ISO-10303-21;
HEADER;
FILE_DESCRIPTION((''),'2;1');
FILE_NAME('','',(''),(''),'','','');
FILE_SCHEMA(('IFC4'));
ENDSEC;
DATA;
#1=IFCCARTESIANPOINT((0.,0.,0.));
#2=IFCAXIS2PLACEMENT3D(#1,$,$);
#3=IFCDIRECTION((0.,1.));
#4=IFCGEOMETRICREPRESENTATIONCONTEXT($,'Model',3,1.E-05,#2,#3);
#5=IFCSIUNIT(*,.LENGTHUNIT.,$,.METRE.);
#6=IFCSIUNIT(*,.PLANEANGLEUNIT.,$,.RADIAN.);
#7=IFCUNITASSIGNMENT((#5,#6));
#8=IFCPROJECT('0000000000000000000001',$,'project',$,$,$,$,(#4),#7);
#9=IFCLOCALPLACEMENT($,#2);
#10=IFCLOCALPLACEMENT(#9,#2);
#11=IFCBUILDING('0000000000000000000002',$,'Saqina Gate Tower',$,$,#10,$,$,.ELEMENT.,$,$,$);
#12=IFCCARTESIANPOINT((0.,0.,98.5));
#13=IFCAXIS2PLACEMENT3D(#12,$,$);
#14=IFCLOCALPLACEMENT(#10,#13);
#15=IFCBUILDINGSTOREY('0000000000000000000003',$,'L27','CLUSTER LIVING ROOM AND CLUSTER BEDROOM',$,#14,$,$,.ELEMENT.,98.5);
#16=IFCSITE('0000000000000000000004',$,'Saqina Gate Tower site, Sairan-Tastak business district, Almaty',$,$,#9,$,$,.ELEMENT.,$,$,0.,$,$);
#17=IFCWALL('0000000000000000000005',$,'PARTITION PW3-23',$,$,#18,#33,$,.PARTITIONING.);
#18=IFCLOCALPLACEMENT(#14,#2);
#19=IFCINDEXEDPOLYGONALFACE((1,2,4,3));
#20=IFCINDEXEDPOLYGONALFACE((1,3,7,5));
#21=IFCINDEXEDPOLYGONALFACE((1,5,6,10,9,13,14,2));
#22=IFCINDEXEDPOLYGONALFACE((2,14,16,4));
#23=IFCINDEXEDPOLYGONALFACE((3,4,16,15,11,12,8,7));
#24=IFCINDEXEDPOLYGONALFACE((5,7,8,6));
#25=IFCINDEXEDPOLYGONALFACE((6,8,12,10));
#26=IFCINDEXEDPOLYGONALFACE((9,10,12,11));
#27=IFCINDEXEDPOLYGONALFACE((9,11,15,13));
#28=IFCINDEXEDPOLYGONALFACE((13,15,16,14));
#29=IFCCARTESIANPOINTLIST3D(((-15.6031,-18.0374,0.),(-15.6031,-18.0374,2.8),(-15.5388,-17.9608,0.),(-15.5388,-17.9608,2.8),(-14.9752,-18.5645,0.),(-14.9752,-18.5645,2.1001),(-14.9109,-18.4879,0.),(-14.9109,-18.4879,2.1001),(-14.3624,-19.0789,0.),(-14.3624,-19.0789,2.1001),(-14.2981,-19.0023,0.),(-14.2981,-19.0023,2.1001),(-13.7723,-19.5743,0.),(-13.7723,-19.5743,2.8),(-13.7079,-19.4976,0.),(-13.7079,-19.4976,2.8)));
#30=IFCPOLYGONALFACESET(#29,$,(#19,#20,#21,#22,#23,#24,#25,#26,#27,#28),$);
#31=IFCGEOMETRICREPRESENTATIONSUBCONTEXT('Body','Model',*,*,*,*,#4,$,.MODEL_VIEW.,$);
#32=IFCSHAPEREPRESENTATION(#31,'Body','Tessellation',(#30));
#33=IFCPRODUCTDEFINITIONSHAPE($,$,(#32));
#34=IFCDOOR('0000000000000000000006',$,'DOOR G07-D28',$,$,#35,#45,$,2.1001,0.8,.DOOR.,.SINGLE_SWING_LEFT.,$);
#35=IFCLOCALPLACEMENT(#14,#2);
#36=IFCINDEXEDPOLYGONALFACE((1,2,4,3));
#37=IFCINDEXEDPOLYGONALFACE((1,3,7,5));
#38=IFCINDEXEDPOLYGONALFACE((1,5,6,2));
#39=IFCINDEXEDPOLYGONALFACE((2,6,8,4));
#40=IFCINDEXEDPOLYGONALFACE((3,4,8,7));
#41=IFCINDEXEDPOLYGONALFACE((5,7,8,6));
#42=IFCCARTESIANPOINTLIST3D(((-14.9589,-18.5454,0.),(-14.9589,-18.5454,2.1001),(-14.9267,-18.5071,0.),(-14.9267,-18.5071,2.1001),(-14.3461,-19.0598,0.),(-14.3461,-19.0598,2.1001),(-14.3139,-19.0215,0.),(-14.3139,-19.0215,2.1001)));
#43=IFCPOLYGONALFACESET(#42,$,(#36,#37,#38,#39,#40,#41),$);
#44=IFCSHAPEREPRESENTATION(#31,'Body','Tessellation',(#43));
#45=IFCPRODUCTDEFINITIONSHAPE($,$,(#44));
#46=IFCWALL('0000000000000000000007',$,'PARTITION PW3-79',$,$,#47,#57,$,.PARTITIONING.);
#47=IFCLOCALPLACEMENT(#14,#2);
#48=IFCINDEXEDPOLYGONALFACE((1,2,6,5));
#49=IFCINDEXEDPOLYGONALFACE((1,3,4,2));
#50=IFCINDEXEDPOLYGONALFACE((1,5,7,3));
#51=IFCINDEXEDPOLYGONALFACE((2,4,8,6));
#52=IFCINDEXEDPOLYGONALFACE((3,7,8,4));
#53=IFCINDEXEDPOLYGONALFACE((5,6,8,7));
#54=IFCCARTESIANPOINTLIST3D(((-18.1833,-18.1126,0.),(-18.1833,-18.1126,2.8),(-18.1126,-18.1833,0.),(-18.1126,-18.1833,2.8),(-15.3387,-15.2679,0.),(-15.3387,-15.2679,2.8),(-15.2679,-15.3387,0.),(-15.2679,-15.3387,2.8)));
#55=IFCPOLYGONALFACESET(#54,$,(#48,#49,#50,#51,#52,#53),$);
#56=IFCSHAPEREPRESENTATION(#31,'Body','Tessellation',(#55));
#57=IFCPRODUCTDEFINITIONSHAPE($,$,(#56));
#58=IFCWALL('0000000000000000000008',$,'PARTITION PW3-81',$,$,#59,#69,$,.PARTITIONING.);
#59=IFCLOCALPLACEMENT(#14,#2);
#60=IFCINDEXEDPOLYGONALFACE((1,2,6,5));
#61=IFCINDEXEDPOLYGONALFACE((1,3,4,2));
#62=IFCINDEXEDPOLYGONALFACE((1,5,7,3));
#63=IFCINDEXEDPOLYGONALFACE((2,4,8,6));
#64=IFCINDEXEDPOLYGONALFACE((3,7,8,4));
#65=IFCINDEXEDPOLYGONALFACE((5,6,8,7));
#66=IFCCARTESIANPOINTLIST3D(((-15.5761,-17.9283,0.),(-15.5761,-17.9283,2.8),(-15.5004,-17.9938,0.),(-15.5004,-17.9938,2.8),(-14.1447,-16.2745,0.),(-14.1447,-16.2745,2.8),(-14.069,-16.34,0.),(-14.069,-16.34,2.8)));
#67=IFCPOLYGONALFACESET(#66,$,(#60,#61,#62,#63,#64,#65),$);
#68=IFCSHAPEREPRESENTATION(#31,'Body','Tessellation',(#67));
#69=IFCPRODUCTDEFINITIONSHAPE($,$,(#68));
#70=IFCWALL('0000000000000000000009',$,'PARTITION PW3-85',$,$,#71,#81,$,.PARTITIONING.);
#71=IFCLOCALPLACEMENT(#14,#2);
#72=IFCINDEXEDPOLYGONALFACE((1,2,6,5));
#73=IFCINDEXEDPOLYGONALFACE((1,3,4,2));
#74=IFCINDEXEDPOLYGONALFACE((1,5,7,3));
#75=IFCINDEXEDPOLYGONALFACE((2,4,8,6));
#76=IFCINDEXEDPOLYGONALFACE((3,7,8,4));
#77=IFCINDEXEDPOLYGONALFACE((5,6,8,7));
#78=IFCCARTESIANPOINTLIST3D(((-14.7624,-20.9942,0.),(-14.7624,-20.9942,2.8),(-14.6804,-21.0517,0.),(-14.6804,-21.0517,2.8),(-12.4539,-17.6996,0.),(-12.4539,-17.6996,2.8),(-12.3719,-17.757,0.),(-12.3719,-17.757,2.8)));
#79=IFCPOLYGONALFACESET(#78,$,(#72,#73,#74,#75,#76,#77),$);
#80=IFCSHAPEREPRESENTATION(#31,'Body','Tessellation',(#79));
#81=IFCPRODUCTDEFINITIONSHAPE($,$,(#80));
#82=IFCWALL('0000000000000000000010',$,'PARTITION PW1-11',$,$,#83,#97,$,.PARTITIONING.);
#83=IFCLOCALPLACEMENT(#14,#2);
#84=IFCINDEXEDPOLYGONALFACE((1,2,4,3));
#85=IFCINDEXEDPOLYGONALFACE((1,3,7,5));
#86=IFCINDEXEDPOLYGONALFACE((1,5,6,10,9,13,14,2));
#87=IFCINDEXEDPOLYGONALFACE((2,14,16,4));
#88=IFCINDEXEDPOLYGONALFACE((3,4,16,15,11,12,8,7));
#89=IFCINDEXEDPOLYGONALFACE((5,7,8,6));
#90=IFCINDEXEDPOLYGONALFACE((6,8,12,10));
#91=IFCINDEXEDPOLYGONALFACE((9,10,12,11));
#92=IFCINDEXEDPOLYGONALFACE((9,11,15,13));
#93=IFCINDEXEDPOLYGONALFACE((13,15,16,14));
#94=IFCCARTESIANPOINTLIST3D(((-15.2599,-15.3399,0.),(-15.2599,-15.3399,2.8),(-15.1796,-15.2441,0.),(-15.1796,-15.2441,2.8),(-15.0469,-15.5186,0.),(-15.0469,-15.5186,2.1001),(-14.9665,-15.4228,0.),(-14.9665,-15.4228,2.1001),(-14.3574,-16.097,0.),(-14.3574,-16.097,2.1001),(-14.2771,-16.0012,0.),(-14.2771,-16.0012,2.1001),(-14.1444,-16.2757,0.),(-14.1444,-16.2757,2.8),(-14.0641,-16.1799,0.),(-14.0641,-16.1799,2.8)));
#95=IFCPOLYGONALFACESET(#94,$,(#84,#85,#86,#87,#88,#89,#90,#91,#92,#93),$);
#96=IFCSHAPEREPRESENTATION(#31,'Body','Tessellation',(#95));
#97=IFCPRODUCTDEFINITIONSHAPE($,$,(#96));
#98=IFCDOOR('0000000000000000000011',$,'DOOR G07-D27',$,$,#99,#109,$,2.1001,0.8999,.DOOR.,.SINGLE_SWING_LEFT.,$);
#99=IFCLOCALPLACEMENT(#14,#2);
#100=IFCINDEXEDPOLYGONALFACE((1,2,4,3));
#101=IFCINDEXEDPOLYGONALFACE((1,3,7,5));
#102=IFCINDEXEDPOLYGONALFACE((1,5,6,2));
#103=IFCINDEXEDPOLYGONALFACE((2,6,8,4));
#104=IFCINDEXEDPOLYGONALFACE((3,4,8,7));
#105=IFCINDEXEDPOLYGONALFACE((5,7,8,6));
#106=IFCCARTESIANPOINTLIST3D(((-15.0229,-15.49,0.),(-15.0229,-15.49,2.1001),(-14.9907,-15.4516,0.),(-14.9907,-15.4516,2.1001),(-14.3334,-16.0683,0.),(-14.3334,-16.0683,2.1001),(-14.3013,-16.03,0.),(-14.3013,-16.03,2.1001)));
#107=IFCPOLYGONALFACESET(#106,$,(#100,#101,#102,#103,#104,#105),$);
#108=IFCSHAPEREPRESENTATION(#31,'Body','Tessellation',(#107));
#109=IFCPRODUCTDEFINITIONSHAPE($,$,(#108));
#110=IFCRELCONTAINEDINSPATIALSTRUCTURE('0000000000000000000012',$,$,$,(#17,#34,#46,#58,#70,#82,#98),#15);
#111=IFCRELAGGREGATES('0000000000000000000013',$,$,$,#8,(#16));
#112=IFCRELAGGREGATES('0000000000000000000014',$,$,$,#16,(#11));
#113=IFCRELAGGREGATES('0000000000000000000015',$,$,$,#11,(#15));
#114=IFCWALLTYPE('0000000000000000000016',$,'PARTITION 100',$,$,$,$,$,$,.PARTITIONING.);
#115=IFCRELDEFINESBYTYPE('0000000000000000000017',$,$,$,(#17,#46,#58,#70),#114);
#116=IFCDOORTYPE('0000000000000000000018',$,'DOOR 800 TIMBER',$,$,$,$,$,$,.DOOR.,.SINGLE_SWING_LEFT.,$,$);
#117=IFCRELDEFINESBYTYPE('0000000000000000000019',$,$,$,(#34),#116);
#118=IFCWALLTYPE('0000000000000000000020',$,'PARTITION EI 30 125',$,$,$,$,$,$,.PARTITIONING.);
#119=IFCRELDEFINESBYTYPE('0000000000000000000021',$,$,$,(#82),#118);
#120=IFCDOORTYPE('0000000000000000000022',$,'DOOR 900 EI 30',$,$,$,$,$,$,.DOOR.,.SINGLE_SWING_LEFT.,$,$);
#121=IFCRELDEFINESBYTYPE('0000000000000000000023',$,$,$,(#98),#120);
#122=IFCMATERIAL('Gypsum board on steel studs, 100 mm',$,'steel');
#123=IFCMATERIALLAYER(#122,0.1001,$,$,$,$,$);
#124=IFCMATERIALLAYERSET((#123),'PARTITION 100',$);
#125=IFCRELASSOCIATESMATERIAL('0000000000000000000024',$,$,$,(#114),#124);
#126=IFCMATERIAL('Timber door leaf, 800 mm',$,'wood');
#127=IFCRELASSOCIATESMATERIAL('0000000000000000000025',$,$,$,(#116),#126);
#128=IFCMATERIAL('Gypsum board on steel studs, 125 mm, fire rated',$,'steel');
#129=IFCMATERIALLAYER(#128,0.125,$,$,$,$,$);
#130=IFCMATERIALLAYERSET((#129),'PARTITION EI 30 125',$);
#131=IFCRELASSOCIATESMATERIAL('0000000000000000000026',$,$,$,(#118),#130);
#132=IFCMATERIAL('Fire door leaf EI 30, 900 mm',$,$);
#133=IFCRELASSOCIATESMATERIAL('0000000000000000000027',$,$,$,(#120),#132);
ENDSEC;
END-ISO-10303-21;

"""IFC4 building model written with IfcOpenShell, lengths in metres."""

from ifc_helpers import new_model, si_unit, direction, frame, frame_2d, origin, place, context, subcontext, project, spatial, rectangle, extrude, material, layer, layer_set, type_object, element, fill, save


model = new_model("IFC4")

# Units and contexts
model_context = context("Model", 3, precision=1e-05, world=origin(), true_north=direction((0.0, 1.0)))
body_context = subcontext(model_context, "Body", "Model", "MODEL_VIEW")
ifc_project = project(units=[si_unit("LENGTHUNIT", "METRE"), si_unit("PLANEANGLEUNIT", "RADIAN")], contexts=[model_context])

# Site, building, storey
site_placement = place(None, origin())
site = spatial("IfcSite", under=ifc_project, at=site_placement, Name="Saqina Gate Tower site, Sairan-Tastak business district, Almaty", CompositionType="ELEMENT", RefElevation=0.0)
building_placement = place(site_placement, origin())
building = spatial("IfcBuilding", under=site, at=building_placement, Name="Saqina Gate Tower", CompositionType="ELEMENT")
storey_placement = place(building_placement, frame((0.0, 0.0, 98.5)))
storey = spatial("IfcBuildingStorey", under=building, at=storey_placement, Name="L27", Description="CLUSTER LIVING ROOM AND CLUSTER BEDROOM", CompositionType="ELEMENT", Elevation=98.5)

# Wall, opening, door
ifc_material_1 = material(Name="Gypsum board on steel studs, 100 mm", Category="steel")
ifc_layer_1 = layer(ifc_material_1, 0.1001)
ifc_layer_set_1 = layer_set([ifc_layer_1], Name="PARTITION 100")
wall_type_1 = type_object("IfcWallType", Name="PARTITION 100", PredefinedType="PARTITIONING", material=ifc_layer_set_1)
ifc_material_2 = material(Name="Timber door leaf, 800 mm", Category="wood")
door_type_1 = type_object("IfcDoorType", Name="DOOR 800 TIMBER", OperationType="SINGLE_SWING_LEFT", PredefinedType="DOOR", material=ifc_material_2)
wall_1_placement = place(storey_placement, frame((-15.571, -17.999, 0.0), z_axis=(0.0, 0.0, 1.0), x_axis=(0.765914, -0.642943, 0.0)))
wall_1 = element("IfcWall", 1, at=wall_1_placement, inside=storey, type_object=wall_type_1, Name="PARTITION PW3-23", PredefinedType="PARTITIONING", context=body_context, shape_type="SweptSolid", body=[
    extrude(rectangle(XDim=2.3904, YDim=0.1001, at=frame_2d((1.1953, 0.0))), origin(), (0.0, 0.0, 1.0), 2.8),
])
opening_1_placement = place(wall_1_placement, frame((0.8201, 0.0, 0.0)))
opening_1 = element("IfcOpeningElement", 2, at=opening_1_placement, cuts=wall_1, PredefinedType="OPENING", context=body_context, shape_type="SweptSolid", body=[
    extrude(rectangle(XDim=0.8, YDim=2.1001, at=frame_2d((0.3999, 1.05))), frame((0.0, 0.062, 0.0), z_axis=(0.0, -1.0, 0.0), x_axis=(1.0, 0.0, 0.0)), (0.0, 0.0, 1.0), 0.124),
])
door_1_placement = place(opening_1_placement, frame((0.8, 0.0, 0.0), z_axis=(0.0, 0.0, 1.0), x_axis=(-1.0, 0.0, 0.0)))
door_1 = element("IfcDoor", 3, at=door_1_placement, inside=storey, type_object=door_type_1, Name="DOOR G07-D28", OperationType="SINGLE_SWING_LEFT", OverallHeight=2.1001, OverallWidth=0.8, PredefinedType="DOOR", context=body_context, shape_type="SweptSolid", body=[
    extrude(rectangle(XDim=0.8, YDim=2.1001, at=frame_2d((0.3999, 1.05))), frame((0.0, 0.0249, 0.0), z_axis=(0.0, -1.0, 0.0), x_axis=(1.0, 0.0, 0.0)), (0.0, 0.0, 1.0), 0.05),
])
fill(opening_1, door_1)

# Walls
wall_2_placement = place(storey_placement, frame((-18.1479, -18.1479, 0.0), z_axis=(0.0, 0.0, 1.0), x_axis=(0.707107, 0.707107, 0.0)))
element("IfcWall", 4, at=wall_2_placement, inside=storey, type_object=wall_type_1, Name="PARTITION PW3-79", PredefinedType="PARTITIONING", context=body_context, shape_type="SweptSolid", body=[
    extrude(rectangle(XDim=4.0229, YDim=0.1001, at=frame_2d((2.0115, 0.0))), origin(), (0.0, 0.0, 1.0), 2.8),
])
wall_3_placement = place(storey_placement, frame((-15.5383, -17.9612, 0.0), z_axis=(0.0, 0.0, 1.0), x_axis=(0.654433, 0.75612, 0.0)))
element("IfcWall", 5, at=wall_3_placement, inside=storey, type_object=wall_type_1, Name="PARTITION PW3-81", PredefinedType="PARTITIONING", context=body_context, shape_type="SweptSolid", body=[
    extrude(rectangle(XDim=2.1873, YDim=0.1001, at=frame_2d((1.0938, 0.0))), origin(), (0.0, 0.0, 1.0), 2.8),
])
wall_4_placement = place(storey_placement, frame((-14.7214, -21.0229, 0.0), z_axis=(0.0, 0.0, 1.0), x_axis=(0.573849, 0.818961, 0.0)))
element("IfcWall", 6, at=wall_4_placement, inside=storey, type_object=wall_type_1, Name="PARTITION PW3-85", PredefinedType="PARTITIONING", context=body_context, shape_type="SweptSolid", body=[
    extrude(rectangle(XDim=4.0229, YDim=0.1001, at=frame_2d((2.0115, 0.0))), origin(), (0.0, 0.0, 1.0), 2.8),
])

# Wall, opening, door
ifc_material_3 = material(Name="Gypsum board on steel studs, 125 mm, fire rated", Category="steel")
ifc_layer_2 = layer(ifc_material_3, 0.125)
ifc_layer_set_2 = layer_set([ifc_layer_2], Name="PARTITION EI 30 125")
wall_type_2 = type_object("IfcWallType", Name="PARTITION EI 30 125", PredefinedType="PARTITIONING", material=ifc_layer_set_2)
wall_5_placement = place(storey_placement, frame((-15.2197, -15.292, 0.0), z_axis=(0.0, 0.0, 1.0), x_axis=(0.766114, -0.642704, 0.0)))
wall_5 = element("IfcWall", 7, at=wall_5_placement, inside=storey, type_object=wall_type_2, Name="PARTITION PW1-11", PredefinedType="PARTITIONING", context=body_context, shape_type="SweptSolid", body=[
    extrude(rectangle(XDim=1.4561, YDim=0.125, at=frame_2d((0.728, 0.0))), origin(), (0.0, 0.0, 1.0), 2.8),
])
opening_2_placement = place(wall_5_placement, frame((0.2781, 0.0, 0.0)))
opening_2 = element("IfcOpeningElement", 8, at=opening_2_placement, cuts=wall_5, PredefinedType="OPENING", context=body_context, shape_type="SweptSolid", body=[
    extrude(rectangle(XDim=0.8999, YDim=2.1001, at=frame_2d((0.45, 1.05))), frame((0.0, 0.0745, 0.0), z_axis=(0.0, -1.0, 0.0), x_axis=(1.0, 0.0, 0.0)), (0.0, 0.0, 1.0), 0.1489),
])
ifc_material_4 = material(Name="Fire door leaf EI 30, 900 mm")
door_type_2 = type_object("IfcDoorType", Name="DOOR 900 EI 30", OperationType="SINGLE_SWING_LEFT", PredefinedType="DOOR", material=ifc_material_4)
door_2_placement = place(opening_2_placement, origin())
door_2 = element("IfcDoor", 9, at=door_2_placement, inside=storey, type_object=door_type_2, Name="DOOR G07-D27", OperationType="SINGLE_SWING_LEFT", OverallHeight=2.1001, OverallWidth=0.8999, PredefinedType="DOOR", context=body_context, shape_type="SweptSolid", body=[
    extrude(rectangle(XDim=0.8999, YDim=2.1001, at=frame_2d((0.45, 1.05))), frame((0.0, 0.0249, 0.0), z_axis=(0.0, -1.0, 0.0), x_axis=(1.0, 0.0, 0.0)), (0.0, 0.0, 1.0), 0.05),
])
fill(opening_2, door_2)

save(model, "model.ifc")
